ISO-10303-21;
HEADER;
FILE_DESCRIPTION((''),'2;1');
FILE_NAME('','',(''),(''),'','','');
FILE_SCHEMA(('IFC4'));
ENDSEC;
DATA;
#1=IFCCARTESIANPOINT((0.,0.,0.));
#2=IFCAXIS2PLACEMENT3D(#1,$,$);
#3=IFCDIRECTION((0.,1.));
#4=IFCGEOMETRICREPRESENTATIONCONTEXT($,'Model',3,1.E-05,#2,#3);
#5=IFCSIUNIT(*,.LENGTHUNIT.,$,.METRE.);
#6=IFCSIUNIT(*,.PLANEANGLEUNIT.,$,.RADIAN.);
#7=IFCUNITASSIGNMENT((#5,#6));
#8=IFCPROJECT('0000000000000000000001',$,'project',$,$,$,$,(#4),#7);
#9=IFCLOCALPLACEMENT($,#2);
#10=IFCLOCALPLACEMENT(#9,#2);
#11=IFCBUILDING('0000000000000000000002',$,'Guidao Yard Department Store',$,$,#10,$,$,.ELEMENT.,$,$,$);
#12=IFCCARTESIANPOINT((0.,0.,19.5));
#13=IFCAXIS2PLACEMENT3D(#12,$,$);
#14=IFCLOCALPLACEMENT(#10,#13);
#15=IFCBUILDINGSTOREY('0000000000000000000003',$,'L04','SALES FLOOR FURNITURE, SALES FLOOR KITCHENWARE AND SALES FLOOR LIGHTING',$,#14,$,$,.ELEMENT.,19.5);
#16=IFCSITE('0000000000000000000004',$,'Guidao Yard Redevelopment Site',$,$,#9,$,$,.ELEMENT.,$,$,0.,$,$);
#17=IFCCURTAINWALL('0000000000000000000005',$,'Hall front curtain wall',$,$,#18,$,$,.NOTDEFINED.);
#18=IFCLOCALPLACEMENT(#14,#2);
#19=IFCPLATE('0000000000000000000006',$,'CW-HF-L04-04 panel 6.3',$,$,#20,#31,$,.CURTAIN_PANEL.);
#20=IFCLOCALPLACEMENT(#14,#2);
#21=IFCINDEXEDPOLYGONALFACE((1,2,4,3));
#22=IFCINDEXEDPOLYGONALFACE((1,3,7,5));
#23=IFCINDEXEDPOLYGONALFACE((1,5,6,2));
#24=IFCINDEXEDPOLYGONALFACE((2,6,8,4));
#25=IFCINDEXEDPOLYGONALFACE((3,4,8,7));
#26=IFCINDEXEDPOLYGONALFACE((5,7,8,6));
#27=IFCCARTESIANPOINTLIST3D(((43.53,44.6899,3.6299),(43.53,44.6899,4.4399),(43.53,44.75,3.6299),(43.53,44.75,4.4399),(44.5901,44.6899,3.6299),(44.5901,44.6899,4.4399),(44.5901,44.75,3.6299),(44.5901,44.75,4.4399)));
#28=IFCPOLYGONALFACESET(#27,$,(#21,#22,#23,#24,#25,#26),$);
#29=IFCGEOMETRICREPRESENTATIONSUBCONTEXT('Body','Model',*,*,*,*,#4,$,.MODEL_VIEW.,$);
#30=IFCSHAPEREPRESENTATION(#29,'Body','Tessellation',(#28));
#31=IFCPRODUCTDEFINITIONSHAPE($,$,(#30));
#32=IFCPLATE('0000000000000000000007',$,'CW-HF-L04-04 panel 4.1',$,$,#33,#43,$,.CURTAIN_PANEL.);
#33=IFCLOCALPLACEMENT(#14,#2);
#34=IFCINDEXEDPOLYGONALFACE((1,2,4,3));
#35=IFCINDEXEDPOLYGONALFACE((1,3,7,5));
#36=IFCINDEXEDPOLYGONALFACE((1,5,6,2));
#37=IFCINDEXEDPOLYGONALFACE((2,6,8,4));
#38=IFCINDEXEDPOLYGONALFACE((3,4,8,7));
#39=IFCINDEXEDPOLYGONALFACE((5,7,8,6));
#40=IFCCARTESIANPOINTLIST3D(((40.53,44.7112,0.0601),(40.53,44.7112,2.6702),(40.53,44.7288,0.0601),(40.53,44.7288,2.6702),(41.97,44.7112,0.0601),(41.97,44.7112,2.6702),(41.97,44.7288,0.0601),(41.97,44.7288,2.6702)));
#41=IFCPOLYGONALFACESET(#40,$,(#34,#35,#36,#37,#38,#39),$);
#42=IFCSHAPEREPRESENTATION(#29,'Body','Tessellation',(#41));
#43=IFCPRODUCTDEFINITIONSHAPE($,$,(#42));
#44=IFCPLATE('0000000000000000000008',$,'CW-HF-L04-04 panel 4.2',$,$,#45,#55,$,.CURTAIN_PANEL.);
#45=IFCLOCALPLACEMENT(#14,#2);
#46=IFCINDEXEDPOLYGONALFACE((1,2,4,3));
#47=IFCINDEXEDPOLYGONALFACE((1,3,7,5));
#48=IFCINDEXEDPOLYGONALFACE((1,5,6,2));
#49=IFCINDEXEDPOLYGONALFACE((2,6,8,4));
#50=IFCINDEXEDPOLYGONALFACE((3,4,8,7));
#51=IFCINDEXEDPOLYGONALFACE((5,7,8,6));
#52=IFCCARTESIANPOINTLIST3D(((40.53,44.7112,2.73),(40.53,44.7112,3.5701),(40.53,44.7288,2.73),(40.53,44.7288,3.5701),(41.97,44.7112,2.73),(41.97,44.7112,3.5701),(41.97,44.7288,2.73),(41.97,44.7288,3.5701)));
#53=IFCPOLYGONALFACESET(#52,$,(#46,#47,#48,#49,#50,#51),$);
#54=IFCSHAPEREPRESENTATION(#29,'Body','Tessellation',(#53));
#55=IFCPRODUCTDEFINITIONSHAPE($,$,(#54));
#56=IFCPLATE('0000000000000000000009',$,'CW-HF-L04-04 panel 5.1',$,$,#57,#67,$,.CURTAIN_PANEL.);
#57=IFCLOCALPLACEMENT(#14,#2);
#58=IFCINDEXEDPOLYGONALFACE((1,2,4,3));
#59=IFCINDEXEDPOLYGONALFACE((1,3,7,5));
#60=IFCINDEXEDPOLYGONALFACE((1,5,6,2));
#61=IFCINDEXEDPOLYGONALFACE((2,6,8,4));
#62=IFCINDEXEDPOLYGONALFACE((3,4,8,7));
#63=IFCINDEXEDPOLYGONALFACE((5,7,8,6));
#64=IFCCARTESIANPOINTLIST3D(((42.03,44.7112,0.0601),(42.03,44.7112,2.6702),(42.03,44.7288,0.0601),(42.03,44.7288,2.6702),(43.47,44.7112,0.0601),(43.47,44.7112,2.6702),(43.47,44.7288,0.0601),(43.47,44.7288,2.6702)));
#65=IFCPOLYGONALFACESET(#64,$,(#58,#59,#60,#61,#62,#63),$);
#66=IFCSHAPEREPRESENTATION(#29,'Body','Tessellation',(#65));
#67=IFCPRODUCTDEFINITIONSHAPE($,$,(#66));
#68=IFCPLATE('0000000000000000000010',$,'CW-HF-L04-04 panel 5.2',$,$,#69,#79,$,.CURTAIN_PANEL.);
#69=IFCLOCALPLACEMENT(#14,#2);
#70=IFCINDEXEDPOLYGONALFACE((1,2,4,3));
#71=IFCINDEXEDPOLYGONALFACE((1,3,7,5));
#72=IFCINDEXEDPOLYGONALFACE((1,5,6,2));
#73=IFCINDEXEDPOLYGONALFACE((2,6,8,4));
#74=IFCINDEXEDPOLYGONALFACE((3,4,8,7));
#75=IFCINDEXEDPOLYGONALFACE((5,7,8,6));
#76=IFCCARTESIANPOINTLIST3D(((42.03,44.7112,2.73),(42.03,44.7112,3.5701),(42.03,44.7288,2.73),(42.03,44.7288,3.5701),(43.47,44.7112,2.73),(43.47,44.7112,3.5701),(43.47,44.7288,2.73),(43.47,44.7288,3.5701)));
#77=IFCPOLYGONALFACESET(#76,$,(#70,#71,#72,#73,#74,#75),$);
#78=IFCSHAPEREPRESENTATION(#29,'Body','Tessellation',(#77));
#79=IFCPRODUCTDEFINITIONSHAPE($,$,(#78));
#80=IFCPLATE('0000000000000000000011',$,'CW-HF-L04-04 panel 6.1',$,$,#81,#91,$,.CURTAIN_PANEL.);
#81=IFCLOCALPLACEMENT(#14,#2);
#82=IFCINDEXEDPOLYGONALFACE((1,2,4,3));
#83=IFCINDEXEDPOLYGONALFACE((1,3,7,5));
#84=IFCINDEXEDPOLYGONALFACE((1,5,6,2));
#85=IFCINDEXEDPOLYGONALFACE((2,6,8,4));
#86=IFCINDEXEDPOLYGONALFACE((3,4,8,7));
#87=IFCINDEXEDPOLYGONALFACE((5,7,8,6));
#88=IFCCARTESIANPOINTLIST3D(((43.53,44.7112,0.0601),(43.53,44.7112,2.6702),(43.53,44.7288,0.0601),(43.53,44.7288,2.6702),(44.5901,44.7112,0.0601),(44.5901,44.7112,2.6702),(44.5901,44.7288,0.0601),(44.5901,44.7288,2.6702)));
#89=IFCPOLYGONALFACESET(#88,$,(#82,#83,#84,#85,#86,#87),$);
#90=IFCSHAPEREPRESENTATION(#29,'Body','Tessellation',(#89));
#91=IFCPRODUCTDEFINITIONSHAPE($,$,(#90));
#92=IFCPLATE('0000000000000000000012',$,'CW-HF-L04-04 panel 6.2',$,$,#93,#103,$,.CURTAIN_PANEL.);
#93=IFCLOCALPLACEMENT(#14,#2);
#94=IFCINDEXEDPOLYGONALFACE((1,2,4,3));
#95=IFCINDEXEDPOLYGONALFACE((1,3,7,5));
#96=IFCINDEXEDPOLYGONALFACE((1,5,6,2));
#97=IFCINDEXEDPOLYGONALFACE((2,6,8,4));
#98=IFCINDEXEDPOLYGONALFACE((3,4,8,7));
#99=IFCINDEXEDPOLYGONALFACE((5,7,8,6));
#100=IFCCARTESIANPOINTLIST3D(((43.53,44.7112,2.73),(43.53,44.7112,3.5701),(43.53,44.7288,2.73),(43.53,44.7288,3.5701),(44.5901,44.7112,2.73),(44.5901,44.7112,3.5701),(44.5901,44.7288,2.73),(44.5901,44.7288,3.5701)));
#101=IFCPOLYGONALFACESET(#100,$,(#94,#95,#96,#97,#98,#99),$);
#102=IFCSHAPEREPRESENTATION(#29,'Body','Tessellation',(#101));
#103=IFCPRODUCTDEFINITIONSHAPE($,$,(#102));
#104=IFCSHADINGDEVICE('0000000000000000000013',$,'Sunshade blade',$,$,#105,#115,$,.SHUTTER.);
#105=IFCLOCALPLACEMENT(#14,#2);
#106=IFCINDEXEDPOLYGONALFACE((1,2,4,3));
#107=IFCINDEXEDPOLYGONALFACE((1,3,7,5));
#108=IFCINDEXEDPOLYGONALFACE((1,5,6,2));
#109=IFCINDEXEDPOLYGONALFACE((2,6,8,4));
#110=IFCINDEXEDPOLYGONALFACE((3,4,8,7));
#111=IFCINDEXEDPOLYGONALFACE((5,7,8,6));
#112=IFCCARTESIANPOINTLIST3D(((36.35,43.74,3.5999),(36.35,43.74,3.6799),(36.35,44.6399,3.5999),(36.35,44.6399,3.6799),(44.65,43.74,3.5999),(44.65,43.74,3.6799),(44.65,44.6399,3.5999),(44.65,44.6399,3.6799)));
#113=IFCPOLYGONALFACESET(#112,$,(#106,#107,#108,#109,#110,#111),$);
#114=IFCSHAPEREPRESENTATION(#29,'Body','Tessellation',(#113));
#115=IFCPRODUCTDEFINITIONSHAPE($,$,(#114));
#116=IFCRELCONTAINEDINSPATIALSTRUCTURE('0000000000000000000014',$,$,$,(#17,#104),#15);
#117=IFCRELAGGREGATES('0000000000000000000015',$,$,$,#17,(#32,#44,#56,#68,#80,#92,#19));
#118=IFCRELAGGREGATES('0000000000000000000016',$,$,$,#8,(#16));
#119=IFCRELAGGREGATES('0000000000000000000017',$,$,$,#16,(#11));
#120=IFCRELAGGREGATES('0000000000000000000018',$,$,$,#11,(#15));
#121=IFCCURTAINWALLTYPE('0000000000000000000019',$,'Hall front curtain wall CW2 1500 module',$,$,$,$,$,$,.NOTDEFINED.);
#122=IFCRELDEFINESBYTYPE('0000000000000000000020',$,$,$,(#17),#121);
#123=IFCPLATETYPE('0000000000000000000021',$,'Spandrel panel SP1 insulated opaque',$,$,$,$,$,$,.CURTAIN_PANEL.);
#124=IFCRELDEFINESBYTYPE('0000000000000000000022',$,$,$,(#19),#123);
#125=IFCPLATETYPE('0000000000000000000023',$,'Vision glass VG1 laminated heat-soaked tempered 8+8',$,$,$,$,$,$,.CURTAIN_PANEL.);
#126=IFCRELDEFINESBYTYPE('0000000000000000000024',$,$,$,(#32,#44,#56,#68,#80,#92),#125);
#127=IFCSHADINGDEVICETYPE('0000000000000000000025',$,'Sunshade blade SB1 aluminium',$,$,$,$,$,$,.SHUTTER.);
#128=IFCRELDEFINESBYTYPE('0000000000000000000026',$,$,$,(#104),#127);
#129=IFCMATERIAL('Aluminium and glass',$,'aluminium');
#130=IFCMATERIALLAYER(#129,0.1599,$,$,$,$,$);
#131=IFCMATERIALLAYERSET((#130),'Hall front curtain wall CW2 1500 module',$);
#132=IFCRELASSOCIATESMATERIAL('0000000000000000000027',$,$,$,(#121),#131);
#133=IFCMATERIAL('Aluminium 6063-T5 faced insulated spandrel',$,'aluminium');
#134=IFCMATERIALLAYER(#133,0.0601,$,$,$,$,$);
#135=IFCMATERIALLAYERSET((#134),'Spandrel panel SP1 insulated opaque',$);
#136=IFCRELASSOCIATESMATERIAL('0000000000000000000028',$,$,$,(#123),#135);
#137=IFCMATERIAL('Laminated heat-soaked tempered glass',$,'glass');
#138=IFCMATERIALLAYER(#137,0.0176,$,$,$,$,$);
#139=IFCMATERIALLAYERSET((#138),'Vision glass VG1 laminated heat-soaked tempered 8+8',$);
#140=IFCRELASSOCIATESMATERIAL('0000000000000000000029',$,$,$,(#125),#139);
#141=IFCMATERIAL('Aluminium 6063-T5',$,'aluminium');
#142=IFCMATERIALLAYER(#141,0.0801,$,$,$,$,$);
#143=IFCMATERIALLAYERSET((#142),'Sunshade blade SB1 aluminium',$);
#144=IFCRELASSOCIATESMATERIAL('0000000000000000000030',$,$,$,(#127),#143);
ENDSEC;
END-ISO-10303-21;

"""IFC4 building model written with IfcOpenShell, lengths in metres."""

from ifc_helpers import new_model, si_unit, direction, frame, origin, origin_2d, place, context, subcontext, project, spatial, rectangle, extrude, material, layer, layer_set, type_object, element, aggregate, save


model = new_model("IFC4")

# Units and contexts
model_context = context("Model", 3, precision=1e-05, world=origin(), true_north=direction((0.0, 1.0)))
body_context = subcontext(model_context, "Body", "Model", "MODEL_VIEW")
ifc_project = project(units=[si_unit("LENGTHUNIT", "METRE"), si_unit("PLANEANGLEUNIT", "RADIAN")], contexts=[model_context])

# Site, building, storey
site_placement = place(None, origin())
site = spatial("IfcSite", under=ifc_project, at=site_placement, Name="Guidao Yard Redevelopment Site", CompositionType="ELEMENT", RefElevation=0.0)
building_placement = place(site_placement, origin())
building = spatial("IfcBuilding", under=site, at=building_placement, Name="Guidao Yard Department Store", CompositionType="ELEMENT")
storey_placement = place(building_placement, frame((0.0, 0.0, 19.5)))
storey = spatial("IfcBuildingStorey", under=building, at=storey_placement, Name="L04", Description="SALES FLOOR FURNITURE, SALES FLOOR KITCHENWARE AND SALES FLOOR LIGHTING", CompositionType="ELEMENT", Elevation=19.5)

# Curtain wall, plates
ifc_material_1 = material(Name="Aluminium and glass", Category="aluminium")
ifc_layer_1 = layer(ifc_material_1, 0.1599)
ifc_layer_set_1 = layer_set([ifc_layer_1], Name="Hall front curtain wall CW2 1500 module")
curtain_wall_type = type_object("IfcCurtainWallType", Name="Hall front curtain wall CW2 1500 module", PredefinedType="NOTDEFINED", material=ifc_layer_set_1)
curtain_wall_placement = place(storey_placement, origin())
curtain_wall = element("IfcCurtainWall", 1, at=curtain_wall_placement, inside=storey, type_object=curtain_wall_type, Name="Hall front curtain wall", PredefinedType="NOTDEFINED")
ifc_material_2 = material(Name="Aluminium 6063-T5 faced insulated spandrel", Category="aluminium")
ifc_layer_2 = layer(ifc_material_2, 0.0601)
ifc_layer_set_2 = layer_set([ifc_layer_2], Name="Spandrel panel SP1 insulated opaque")
plate_type_1 = type_object("IfcPlateType", Name="Spandrel panel SP1 insulated opaque", PredefinedType="CURTAIN_PANEL", material=ifc_layer_set_2)
plate_1_placement = place(storey_placement, frame((44.0601, 44.72, 3.6299), z_axis=(0.0, 0.0, 1.0), x_axis=(-1.0, 0.0, 0.0)))
plate_1 = element("IfcPlate", 2, at=plate_1_placement, type_object=plate_type_1, Name="CW-HF-L04-04 panel 6.3", PredefinedType="CURTAIN_PANEL", context=body_context, shape_type="SweptSolid", body=[
    extrude(rectangle(XDim=1.0601, YDim=0.0601, at=origin_2d()), origin(), (0.0, 0.0, 1.0), 0.8101),
])
ifc_material_3 = material(Name="Laminated heat-soaked tempered glass", Category="glass")
ifc_layer_3 = layer(ifc_material_3, 0.0176)
ifc_layer_set_3 = layer_set([ifc_layer_3], Name="Vision glass VG1 laminated heat-soaked tempered 8+8")
plate_type_2 = type_object("IfcPlateType", Name="Vision glass VG1 laminated heat-soaked tempered 8+8", PredefinedType="CURTAIN_PANEL", material=ifc_layer_set_3)
plate_2_placement = place(storey_placement, frame((41.25, 44.72, 0.0601), z_axis=(0.0, 0.0, 1.0), x_axis=(-1.0, 0.0, 0.0)))
plate_2 = element("IfcPlate", 3, at=plate_2_placement, type_object=plate_type_2, Name="CW-HF-L04-04 panel 4.1", PredefinedType="CURTAIN_PANEL", context=body_context, shape_type="SweptSolid", body=[
    extrude(rectangle(XDim=1.4399, YDim=0.0176, at=origin_2d()), origin(), (0.0, 0.0, 1.0), 2.6101),
])
plate_3_placement = place(storey_placement, frame((41.25, 44.72, 2.73), z_axis=(0.0, 0.0, 1.0), x_axis=(-1.0, 0.0, 0.0)))
plate_3 = element("IfcPlate", 4, at=plate_3_placement, type_object=plate_type_2, Name="CW-HF-L04-04 panel 4.2", PredefinedType="CURTAIN_PANEL", context=body_context, shape_type="SweptSolid", body=[
    extrude(rectangle(XDim=1.4399, YDim=0.0176, at=origin_2d()), origin(), (0.0, 0.0, 1.0), 0.8401),
])
plate_4_placement = place(storey_placement, frame((42.75, 44.72, 0.0601), z_axis=(0.0, 0.0, 1.0), x_axis=(-1.0, 0.0, 0.0)))
plate_4 = element("IfcPlate", 5, at=plate_4_placement, type_object=plate_type_2, Name="CW-HF-L04-04 panel 5.1", PredefinedType="CURTAIN_PANEL", context=body_context, shape_type="SweptSolid", body=[
    extrude(rectangle(XDim=1.4399, YDim=0.0176, at=origin_2d()), origin(), (0.0, 0.0, 1.0), 2.6101),
])
plate_5_placement = place(storey_placement, frame((42.75, 44.72, 2.73), z_axis=(0.0, 0.0, 1.0), x_axis=(-1.0, 0.0, 0.0)))
plate_5 = element("IfcPlate", 6, at=plate_5_placement, type_object=plate_type_2, Name="CW-HF-L04-04 panel 5.2", PredefinedType="CURTAIN_PANEL", context=body_context, shape_type="SweptSolid", body=[
    extrude(rectangle(XDim=1.4399, YDim=0.0176, at=origin_2d()), origin(), (0.0, 0.0, 1.0), 0.8401),
])
plate_6_placement = place(storey_placement, frame((44.0601, 44.72, 0.0601), z_axis=(0.0, 0.0, 1.0), x_axis=(-1.0, 0.0, 0.0)))
plate_6 = element("IfcPlate", 7, at=plate_6_placement, type_object=plate_type_2, Name="CW-HF-L04-04 panel 6.1", PredefinedType="CURTAIN_PANEL", context=body_context, shape_type="SweptSolid", body=[
    extrude(rectangle(XDim=1.0601, YDim=0.0176, at=origin_2d()), origin(), (0.0, 0.0, 1.0), 2.6101),
])
plate_7_placement = place(storey_placement, frame((44.0601, 44.72, 2.73), z_axis=(0.0, 0.0, 1.0), x_axis=(-1.0, 0.0, 0.0)))
plate_7 = element("IfcPlate", 8, at=plate_7_placement, type_object=plate_type_2, Name="CW-HF-L04-04 panel 6.2", PredefinedType="CURTAIN_PANEL", context=body_context, shape_type="SweptSolid", body=[
    extrude(rectangle(XDim=1.0601, YDim=0.0176, at=origin_2d()), origin(), (0.0, 0.0, 1.0), 0.8401),
])
aggregate(curtain_wall, [plate_2, plate_3, plate_4, plate_5, plate_6, plate_7, plate_1])

# Shading device
ifc_material_4 = material(Name="Aluminium 6063-T5", Category="aluminium")
ifc_layer_4 = layer(ifc_material_4, 0.0801)
ifc_layer_set_4 = layer_set([ifc_layer_4], Name="Sunshade blade SB1 aluminium")
shading_device_type = type_object("IfcShadingDeviceType", Name="Sunshade blade SB1 aluminium", PredefinedType="SHUTTER", material=ifc_layer_set_4)
shading_device_placement = place(storey_placement, frame((40.5, 44.1899, 3.5999), z_axis=(0.0, 0.0, 1.0), x_axis=(-1.0, 0.0, 0.0)))
element("IfcShadingDevice", 9, at=shading_device_placement, inside=storey, type_object=shading_device_type, Name="Sunshade blade", PredefinedType="SHUTTER", context=body_context, shape_type="SweptSolid", body=[
    extrude(rectangle(XDim=8.3, YDim=0.8999, at=origin_2d()), origin(), (0.0, 0.0, 1.0), 0.0801),
])

save(model, "model.ifc")
